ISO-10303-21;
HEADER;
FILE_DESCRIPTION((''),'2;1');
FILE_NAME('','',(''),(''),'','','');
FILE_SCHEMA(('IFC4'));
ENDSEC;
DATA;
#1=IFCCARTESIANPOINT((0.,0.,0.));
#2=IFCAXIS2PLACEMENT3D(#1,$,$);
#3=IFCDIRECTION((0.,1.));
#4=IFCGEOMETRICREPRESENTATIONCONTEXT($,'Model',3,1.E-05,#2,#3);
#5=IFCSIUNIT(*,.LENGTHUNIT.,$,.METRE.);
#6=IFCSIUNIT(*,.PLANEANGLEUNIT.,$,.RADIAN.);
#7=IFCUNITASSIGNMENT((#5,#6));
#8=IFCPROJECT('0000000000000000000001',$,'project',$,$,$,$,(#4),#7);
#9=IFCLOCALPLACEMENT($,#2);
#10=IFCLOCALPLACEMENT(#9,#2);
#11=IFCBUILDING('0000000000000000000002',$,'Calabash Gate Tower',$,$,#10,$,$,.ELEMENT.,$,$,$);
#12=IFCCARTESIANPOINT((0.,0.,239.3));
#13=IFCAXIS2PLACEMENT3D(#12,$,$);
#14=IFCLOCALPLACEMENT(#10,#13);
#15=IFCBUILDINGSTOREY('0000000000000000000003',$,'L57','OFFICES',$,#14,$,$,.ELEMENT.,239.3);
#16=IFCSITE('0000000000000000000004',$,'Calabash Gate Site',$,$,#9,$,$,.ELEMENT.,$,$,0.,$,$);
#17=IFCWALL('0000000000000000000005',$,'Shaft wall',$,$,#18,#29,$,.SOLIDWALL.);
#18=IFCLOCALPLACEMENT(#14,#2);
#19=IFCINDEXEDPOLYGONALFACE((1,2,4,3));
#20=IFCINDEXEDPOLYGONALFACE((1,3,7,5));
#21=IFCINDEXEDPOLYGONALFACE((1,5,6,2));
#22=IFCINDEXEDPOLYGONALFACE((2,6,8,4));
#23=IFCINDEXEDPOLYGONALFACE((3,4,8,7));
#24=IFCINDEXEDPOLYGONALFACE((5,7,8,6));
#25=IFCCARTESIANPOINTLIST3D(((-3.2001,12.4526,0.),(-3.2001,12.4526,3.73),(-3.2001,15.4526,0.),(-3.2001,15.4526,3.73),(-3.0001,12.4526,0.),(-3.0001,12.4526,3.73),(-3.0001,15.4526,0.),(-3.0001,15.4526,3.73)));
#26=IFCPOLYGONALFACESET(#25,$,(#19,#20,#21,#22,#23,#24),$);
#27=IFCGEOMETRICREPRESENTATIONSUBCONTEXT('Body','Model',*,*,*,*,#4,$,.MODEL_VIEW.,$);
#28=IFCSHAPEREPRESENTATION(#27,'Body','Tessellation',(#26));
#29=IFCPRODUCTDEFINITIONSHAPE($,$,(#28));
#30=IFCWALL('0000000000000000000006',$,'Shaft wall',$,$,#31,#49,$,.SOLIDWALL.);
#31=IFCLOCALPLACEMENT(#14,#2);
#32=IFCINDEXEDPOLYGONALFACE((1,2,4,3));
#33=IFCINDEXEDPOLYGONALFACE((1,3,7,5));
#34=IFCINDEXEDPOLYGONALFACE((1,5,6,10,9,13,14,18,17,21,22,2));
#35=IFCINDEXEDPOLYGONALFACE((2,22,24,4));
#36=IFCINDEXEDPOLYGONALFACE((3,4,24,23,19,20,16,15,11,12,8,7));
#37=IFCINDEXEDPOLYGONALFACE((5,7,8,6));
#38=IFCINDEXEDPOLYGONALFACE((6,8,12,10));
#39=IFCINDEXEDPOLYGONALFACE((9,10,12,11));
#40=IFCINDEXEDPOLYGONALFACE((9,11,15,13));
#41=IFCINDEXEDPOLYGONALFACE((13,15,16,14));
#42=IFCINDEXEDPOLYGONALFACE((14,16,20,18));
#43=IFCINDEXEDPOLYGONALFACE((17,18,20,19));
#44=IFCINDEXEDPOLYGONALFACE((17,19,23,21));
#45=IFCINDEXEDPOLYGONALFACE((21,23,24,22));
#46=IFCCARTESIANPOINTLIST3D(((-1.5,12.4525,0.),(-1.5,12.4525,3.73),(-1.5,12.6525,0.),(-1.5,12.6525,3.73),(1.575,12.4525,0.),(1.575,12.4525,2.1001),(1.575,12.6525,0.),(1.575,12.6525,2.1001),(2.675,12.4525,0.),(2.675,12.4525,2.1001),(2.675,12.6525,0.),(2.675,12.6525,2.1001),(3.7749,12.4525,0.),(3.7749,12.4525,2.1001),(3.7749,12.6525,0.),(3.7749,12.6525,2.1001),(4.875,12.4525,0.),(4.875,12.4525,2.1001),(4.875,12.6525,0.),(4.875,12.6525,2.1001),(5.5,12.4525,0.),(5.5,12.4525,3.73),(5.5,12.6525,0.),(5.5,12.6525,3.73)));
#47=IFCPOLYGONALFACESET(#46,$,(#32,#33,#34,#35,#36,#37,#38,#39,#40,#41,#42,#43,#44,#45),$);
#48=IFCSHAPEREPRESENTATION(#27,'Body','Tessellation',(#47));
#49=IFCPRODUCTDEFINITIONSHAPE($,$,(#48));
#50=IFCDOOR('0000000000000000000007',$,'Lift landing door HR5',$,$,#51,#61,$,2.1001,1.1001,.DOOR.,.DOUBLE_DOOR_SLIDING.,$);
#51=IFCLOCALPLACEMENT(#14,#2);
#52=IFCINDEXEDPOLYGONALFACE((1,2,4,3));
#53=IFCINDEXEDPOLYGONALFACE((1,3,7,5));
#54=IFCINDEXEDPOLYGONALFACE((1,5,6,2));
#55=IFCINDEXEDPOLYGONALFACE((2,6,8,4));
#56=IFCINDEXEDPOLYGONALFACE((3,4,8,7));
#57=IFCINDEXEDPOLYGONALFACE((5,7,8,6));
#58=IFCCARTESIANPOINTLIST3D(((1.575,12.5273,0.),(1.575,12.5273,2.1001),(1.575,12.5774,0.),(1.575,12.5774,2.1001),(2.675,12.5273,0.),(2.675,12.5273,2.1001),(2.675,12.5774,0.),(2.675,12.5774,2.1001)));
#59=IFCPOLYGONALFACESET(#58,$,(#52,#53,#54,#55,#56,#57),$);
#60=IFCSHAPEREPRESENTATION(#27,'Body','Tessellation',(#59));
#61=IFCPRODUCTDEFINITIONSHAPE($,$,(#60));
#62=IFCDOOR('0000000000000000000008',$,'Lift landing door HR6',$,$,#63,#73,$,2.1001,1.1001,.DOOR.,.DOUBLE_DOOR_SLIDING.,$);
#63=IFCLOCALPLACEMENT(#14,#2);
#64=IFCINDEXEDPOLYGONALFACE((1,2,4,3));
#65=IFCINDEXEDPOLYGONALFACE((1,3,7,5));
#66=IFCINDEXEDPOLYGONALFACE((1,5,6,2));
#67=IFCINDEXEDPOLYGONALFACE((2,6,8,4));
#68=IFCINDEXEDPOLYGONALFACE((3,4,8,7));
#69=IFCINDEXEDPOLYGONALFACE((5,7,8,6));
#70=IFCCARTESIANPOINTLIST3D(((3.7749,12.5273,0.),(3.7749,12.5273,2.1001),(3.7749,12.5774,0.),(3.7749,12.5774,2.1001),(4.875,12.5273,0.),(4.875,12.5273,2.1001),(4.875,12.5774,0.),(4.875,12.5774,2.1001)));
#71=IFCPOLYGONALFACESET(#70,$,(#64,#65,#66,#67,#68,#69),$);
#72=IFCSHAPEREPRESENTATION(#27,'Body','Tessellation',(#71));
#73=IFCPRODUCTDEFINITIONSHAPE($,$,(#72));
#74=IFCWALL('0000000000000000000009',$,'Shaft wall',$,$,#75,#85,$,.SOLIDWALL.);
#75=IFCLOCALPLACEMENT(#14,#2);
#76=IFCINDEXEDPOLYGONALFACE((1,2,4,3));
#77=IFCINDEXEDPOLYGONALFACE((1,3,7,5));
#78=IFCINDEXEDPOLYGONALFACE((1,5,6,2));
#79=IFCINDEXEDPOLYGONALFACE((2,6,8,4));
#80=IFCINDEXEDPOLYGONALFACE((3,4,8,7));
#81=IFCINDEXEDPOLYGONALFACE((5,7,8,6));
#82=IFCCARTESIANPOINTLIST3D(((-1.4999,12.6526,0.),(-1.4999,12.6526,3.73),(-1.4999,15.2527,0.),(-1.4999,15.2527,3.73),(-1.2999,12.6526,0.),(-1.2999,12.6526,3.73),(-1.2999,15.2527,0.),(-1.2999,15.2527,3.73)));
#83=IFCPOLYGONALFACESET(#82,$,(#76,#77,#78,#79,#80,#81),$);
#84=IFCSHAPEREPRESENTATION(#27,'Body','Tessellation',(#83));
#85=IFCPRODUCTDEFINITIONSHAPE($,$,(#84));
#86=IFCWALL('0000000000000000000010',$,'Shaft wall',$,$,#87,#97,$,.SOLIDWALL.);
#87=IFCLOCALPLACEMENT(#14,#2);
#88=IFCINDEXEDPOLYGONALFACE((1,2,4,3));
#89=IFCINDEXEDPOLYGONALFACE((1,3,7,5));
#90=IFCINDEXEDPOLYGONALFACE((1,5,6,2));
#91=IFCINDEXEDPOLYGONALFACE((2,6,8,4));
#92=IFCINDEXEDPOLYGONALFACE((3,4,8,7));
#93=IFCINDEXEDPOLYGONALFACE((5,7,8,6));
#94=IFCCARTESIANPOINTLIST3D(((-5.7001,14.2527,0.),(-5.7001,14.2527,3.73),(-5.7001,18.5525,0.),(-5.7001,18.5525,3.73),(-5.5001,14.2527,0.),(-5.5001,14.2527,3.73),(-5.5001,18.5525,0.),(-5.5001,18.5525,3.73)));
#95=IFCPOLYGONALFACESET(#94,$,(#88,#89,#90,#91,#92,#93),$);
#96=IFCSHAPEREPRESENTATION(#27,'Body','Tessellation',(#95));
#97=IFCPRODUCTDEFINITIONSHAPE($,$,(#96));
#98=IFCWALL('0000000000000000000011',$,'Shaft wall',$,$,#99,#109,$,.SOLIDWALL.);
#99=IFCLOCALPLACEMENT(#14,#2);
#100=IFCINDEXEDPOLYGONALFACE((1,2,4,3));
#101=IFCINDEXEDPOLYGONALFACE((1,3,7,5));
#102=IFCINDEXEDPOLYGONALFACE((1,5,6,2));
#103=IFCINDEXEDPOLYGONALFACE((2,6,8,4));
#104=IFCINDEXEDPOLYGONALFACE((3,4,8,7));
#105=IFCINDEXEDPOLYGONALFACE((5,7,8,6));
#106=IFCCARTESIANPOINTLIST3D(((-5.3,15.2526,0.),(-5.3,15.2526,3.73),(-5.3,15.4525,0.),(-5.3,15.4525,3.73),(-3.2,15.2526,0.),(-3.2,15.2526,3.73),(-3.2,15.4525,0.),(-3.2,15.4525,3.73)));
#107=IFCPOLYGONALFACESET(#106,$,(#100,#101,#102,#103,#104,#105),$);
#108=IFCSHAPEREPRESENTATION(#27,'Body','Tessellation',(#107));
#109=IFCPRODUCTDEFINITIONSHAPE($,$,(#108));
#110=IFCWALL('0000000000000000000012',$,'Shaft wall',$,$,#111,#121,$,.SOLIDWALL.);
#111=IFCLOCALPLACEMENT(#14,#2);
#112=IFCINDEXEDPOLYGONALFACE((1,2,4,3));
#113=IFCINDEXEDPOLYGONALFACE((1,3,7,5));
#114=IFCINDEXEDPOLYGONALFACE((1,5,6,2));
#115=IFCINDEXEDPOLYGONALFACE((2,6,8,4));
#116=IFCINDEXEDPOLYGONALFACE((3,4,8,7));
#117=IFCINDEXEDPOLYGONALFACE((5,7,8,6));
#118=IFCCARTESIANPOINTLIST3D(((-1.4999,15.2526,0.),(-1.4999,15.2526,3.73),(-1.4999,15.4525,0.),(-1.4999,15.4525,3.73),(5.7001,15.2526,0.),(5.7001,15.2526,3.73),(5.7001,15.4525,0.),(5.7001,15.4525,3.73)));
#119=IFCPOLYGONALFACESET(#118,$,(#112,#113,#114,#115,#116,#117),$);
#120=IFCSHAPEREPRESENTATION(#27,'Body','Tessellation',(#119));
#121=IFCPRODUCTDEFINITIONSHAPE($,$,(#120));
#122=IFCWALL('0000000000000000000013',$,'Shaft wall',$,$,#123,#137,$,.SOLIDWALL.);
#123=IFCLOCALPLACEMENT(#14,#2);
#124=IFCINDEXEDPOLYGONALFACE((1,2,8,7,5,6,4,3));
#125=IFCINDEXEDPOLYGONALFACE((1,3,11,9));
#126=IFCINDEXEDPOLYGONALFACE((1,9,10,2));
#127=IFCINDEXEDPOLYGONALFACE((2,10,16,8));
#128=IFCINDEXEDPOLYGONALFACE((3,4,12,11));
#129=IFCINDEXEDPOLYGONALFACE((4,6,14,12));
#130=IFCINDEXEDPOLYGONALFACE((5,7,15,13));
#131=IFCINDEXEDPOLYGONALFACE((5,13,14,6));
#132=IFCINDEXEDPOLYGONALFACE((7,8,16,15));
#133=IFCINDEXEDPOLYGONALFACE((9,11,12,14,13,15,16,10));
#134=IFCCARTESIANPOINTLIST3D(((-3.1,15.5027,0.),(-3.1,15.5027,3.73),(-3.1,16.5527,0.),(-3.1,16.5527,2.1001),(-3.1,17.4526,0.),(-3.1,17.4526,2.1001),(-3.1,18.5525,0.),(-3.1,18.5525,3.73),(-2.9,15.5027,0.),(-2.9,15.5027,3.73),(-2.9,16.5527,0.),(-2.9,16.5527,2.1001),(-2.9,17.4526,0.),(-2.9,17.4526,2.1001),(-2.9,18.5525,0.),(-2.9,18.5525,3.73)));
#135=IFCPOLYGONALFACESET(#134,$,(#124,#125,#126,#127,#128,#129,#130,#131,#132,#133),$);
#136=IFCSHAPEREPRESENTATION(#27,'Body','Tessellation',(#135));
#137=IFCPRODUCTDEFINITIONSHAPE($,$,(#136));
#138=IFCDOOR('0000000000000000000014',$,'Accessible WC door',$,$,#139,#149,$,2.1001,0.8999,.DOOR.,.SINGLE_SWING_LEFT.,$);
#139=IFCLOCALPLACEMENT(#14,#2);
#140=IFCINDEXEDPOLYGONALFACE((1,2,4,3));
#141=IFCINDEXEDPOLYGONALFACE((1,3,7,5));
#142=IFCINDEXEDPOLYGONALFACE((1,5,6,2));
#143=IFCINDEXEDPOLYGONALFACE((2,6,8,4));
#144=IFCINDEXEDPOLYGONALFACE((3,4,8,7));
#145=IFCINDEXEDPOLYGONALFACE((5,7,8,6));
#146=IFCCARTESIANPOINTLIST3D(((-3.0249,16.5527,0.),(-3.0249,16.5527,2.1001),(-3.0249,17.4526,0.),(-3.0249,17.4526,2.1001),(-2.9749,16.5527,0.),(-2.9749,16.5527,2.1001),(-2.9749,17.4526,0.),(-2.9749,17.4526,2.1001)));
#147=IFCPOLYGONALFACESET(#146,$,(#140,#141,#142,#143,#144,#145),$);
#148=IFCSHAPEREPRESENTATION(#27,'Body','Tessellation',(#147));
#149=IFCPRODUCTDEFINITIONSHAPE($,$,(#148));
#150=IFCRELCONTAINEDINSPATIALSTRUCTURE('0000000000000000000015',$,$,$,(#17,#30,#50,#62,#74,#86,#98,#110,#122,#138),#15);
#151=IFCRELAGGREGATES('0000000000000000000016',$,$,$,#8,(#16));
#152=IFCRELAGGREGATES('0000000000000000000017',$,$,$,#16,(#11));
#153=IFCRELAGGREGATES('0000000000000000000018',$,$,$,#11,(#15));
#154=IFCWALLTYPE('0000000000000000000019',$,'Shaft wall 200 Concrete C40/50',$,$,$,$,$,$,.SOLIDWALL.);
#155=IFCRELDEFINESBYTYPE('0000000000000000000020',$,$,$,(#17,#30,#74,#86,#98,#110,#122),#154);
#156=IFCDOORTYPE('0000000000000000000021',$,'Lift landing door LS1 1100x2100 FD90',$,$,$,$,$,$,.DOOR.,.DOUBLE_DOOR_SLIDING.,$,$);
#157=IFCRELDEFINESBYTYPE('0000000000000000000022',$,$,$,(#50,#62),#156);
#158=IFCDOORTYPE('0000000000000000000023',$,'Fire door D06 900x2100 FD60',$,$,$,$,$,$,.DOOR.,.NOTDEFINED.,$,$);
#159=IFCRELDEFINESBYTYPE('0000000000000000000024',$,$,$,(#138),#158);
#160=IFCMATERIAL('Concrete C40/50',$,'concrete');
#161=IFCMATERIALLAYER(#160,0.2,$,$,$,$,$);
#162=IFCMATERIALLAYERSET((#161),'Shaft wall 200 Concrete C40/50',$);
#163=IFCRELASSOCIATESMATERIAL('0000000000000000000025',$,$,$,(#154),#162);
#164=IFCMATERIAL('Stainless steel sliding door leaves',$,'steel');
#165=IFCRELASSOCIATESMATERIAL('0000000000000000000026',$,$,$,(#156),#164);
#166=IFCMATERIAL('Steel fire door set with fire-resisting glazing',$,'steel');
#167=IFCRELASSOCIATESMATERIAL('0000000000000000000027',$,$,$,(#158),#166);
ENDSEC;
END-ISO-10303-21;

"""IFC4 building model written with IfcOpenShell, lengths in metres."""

from ifc_helpers import new_model, si_unit, direction, frame, frame_2d, origin, place, context, subcontext, project, spatial, rectangle, extrude, material, layer, layer_set, type_object, element, fill, save


model = new_model("IFC4")

# Units and contexts
model_context = context("Model", 3, precision=1e-05, world=origin(), true_north=direction((0.0, 1.0)))
body_context = subcontext(model_context, "Body", "Model", "MODEL_VIEW")
ifc_project = project(units=[si_unit("LENGTHUNIT", "METRE"), si_unit("PLANEANGLEUNIT", "RADIAN")], contexts=[model_context])

# Site, building, storey
site_placement = place(None, origin())
site = spatial("IfcSite", under=ifc_project, at=site_placement, Name="Calabash Gate Site", CompositionType="ELEMENT", RefElevation=0.0)
building_placement = place(site_placement, origin())
building = spatial("IfcBuilding", under=site, at=building_placement, Name="Calabash Gate Tower", CompositionType="ELEMENT")
storey_placement = place(building_placement, frame((0.0, 0.0, 239.3)))
storey = spatial("IfcBuildingStorey", under=building, at=storey_placement, Name="L57", Description="OFFICES", CompositionType="ELEMENT", Elevation=239.3)

# Shared definitions
ifc_material_1 = material(Name="Concrete C40/50", Category="concrete")
ifc_layer = layer(ifc_material_1, 0.2)
ifc_layer_set = layer_set([ifc_layer], Name="Shaft wall 200 Concrete C40/50")
wall_type = type_object("IfcWallType", Name="Shaft wall 200 Concrete C40/50", PredefinedType="SOLIDWALL", material=ifc_layer_set)

# Shared definitions
ifc_material_2 = material(Name="Stainless steel sliding door leaves", Category="steel")
door_type_1 = type_object("IfcDoorType", Name="Lift landing door LS1 1100x2100 FD90", OperationType="DOUBLE_DOOR_SLIDING", PredefinedType="DOOR", material=ifc_material_2)

# Shared definitions
ifc_material_3 = material(Name="Steel fire door set with fire-resisting glazing", Category="steel")
door_type_2 = type_object("IfcDoorType", Name="Fire door D06 900x2100 FD60", OperationType="NOTDEFINED", PredefinedType="DOOR", material=ifc_material_3)

# Wall
wall_1_placement = place(storey_placement, frame((-3.1001, 12.4526, 0.0), z_axis=(0.0, 0.0, 1.0), x_axis=(0.0, 1.0, 0.0)))
element("IfcWall", 1, at=wall_1_placement, inside=storey, type_object=wall_type, Name="Shaft wall", PredefinedType="SOLIDWALL", context=body_context, shape_type="SweptSolid", body=[
    extrude(rectangle(XDim=3.0, YDim=0.2, at=frame_2d((1.5, 0.0))), origin(), (0.0, 0.0, 1.0), 3.73),
])

# Wall, openings, doors
wall_2_placement = place(storey_placement, frame((-1.5, 12.5525, 0.0), z_axis=(0.0, 0.0, 1.0), x_axis=(1.0, 0.0, 0.0)))
wall_2 = element("IfcWall", 2, at=wall_2_placement, inside=storey, type_object=wall_type, Name="Shaft wall", PredefinedType="SOLIDWALL", context=body_context, shape_type="SweptSolid", body=[
    extrude(rectangle(XDim=7.0, YDim=0.2, at=frame_2d((3.5, 0.0))), origin(), (0.0, 0.0, 1.0), 3.73),
])
opening_1_placement = place(wall_2_placement, frame((3.075, 0.0, 0.0)))
opening_1 = element("IfcOpeningElement", 3, at=opening_1_placement, cuts=wall_2, PredefinedType="OPENING", context=body_context, shape_type="SweptSolid", body=[
    extrude(rectangle(XDim=1.1001, YDim=2.1001, at=frame_2d((0.55, 1.05))), frame((0.0, 0.1099, 0.0), z_axis=(0.0, -1.0, 0.0), x_axis=(1.0, 0.0, 0.0)), (0.0, 0.0, 1.0), 0.22),
])
opening_2_placement = place(wall_2_placement, frame((5.2749, 0.0, 0.0)))
opening_2 = element("IfcOpeningElement", 4, at=opening_2_placement, cuts=wall_2, PredefinedType="OPENING", context=body_context, shape_type="SweptSolid", body=[
    extrude(rectangle(XDim=1.1001, YDim=2.1001, at=frame_2d((0.55, 1.05))), frame((0.0, 0.1099, 0.0), z_axis=(0.0, -1.0, 0.0), x_axis=(1.0, 0.0, 0.0)), (0.0, 0.0, 1.0), 0.22),
])
door_1_placement = place(opening_1_placement, origin())
door_1 = element("IfcDoor", 5, at=door_1_placement, inside=storey, type_object=door_type_1, Name="Lift landing door HR5", OperationType="DOUBLE_DOOR_SLIDING", OverallHeight=2.1001, OverallWidth=1.1001, PredefinedType="DOOR", context=body_context, shape_type="SweptSolid", body=[
    extrude(rectangle(XDim=1.1001, YDim=2.1001, at=frame_2d((0.55, 1.05))), frame((0.0, 0.0249, 0.0), z_axis=(0.0, -1.0, 0.0), x_axis=(1.0, 0.0, 0.0)), (0.0, 0.0, 1.0), 0.05),
])
fill(opening_1, door_1)
door_2_placement = place(opening_2_placement, origin())
door_2 = element("IfcDoor", 6, at=door_2_placement, inside=storey, type_object=door_type_1, Name="Lift landing door HR6", OperationType="DOUBLE_DOOR_SLIDING", OverallHeight=2.1001, OverallWidth=1.1001, PredefinedType="DOOR", context=body_context, shape_type="SweptSolid", body=[
    extrude(rectangle(XDim=1.1001, YDim=2.1001, at=frame_2d((0.55, 1.05))), frame((0.0, 0.0249, 0.0), z_axis=(0.0, -1.0, 0.0), x_axis=(1.0, 0.0, 0.0)), (0.0, 0.0, 1.0), 0.05),
])
fill(opening_2, door_2)

# Walls
wall_3_placement = place(storey_placement, frame((-1.3999, 12.6526, 0.0), z_axis=(0.0, 0.0, 1.0), x_axis=(0.0, 1.0, 0.0)))
element("IfcWall", 7, at=wall_3_placement, inside=storey, type_object=wall_type, Name="Shaft wall", PredefinedType="SOLIDWALL", context=body_context, shape_type="SweptSolid", body=[
    extrude(rectangle(XDim=2.6001, YDim=0.2, at=frame_2d((1.3, 0.0))), origin(), (0.0, 0.0, 1.0), 3.73),
])
wall_4_placement = place(storey_placement, frame((-5.6001, 14.2527, 0.0), z_axis=(0.0, 0.0, 1.0), x_axis=(0.0, 1.0, 0.0)))
element("IfcWall", 8, at=wall_4_placement, inside=storey, type_object=wall_type, Name="Shaft wall", PredefinedType="SOLIDWALL", context=body_context, shape_type="SweptSolid", body=[
    extrude(rectangle(XDim=4.2998, YDim=0.2, at=frame_2d((2.1499, 0.0))), origin(), (0.0, 0.0, 1.0), 3.73),
])
wall_5_placement = place(storey_placement, frame((-5.3, 15.3525, 0.0), z_axis=(0.0, 0.0, 1.0), x_axis=(1.0, 0.0, 0.0)))
element("IfcWall", 9, at=wall_5_placement, inside=storey, type_object=wall_type, Name="Shaft wall", PredefinedType="SOLIDWALL", context=body_context, shape_type="SweptSolid", body=[
    extrude(rectangle(XDim=2.1001, YDim=0.2, at=frame_2d((1.05, 0.0))), origin(), (0.0, 0.0, 1.0), 3.73),
])
wall_6_placement = place(storey_placement, frame((-1.5, 15.3525, 0.0), z_axis=(0.0, 0.0, 1.0), x_axis=(1.0, 0.0, 0.0)))
element("IfcWall", 10, at=wall_6_placement, inside=storey, type_object=wall_type, Name="Shaft wall", PredefinedType="SOLIDWALL", context=body_context, shape_type="SweptSolid", body=[
    extrude(rectangle(XDim=7.2, YDim=0.2, at=frame_2d((3.6001, 0.0))), origin(), (0.0, 0.0, 1.0), 3.73),
])

# Wall, opening, door
wall_7_placement = place(storey_placement, frame((-3.0, 15.5027, 0.0), z_axis=(0.0, 0.0, 1.0), x_axis=(0.0, 1.0, 0.0)))
wall_7 = element("IfcWall", 11, at=wall_7_placement, inside=storey, type_object=wall_type, Name="Shaft wall", PredefinedType="SOLIDWALL", context=body_context, shape_type="SweptSolid", body=[
    extrude(rectangle(XDim=3.0498, YDim=0.2, at=frame_2d((1.5249, 0.0))), origin(), (0.0, 0.0, 1.0), 3.73),
])
opening_3_placement = place(wall_7_placement, frame((1.05, 0.0, 0.0)))
opening_3 = element("IfcOpeningElement", 12, at=opening_3_placement, cuts=wall_7, PredefinedType="OPENING", context=body_context, shape_type="SweptSolid", body=[
    extrude(rectangle(XDim=0.8999, YDim=2.1001, at=frame_2d((0.45, 1.05))), frame((0.0, 0.1099, 0.0), z_axis=(0.0, -1.0, 0.0), x_axis=(1.0, 0.0, 0.0)), (0.0, 0.0, 1.0), 0.22),
])
door_3_placement = place(opening_3_placement, origin())
door_3 = element("IfcDoor", 13, at=door_3_placement, inside=storey, type_object=door_type_2, Name="Accessible WC door", OperationType="SINGLE_SWING_LEFT", OverallHeight=2.1001, OverallWidth=0.8999, PredefinedType="DOOR", context=body_context, shape_type="SweptSolid", body=[
    extrude(rectangle(XDim=0.8999, YDim=2.1001, at=frame_2d((0.45, 1.05))), frame((0.0, 0.0249, 0.0), z_axis=(0.0, -1.0, 0.0), x_axis=(1.0, 0.0, 0.0)), (0.0, 0.0, 1.0), 0.05),
])
fill(opening_3, door_3)

save(model, "model.ifc")
